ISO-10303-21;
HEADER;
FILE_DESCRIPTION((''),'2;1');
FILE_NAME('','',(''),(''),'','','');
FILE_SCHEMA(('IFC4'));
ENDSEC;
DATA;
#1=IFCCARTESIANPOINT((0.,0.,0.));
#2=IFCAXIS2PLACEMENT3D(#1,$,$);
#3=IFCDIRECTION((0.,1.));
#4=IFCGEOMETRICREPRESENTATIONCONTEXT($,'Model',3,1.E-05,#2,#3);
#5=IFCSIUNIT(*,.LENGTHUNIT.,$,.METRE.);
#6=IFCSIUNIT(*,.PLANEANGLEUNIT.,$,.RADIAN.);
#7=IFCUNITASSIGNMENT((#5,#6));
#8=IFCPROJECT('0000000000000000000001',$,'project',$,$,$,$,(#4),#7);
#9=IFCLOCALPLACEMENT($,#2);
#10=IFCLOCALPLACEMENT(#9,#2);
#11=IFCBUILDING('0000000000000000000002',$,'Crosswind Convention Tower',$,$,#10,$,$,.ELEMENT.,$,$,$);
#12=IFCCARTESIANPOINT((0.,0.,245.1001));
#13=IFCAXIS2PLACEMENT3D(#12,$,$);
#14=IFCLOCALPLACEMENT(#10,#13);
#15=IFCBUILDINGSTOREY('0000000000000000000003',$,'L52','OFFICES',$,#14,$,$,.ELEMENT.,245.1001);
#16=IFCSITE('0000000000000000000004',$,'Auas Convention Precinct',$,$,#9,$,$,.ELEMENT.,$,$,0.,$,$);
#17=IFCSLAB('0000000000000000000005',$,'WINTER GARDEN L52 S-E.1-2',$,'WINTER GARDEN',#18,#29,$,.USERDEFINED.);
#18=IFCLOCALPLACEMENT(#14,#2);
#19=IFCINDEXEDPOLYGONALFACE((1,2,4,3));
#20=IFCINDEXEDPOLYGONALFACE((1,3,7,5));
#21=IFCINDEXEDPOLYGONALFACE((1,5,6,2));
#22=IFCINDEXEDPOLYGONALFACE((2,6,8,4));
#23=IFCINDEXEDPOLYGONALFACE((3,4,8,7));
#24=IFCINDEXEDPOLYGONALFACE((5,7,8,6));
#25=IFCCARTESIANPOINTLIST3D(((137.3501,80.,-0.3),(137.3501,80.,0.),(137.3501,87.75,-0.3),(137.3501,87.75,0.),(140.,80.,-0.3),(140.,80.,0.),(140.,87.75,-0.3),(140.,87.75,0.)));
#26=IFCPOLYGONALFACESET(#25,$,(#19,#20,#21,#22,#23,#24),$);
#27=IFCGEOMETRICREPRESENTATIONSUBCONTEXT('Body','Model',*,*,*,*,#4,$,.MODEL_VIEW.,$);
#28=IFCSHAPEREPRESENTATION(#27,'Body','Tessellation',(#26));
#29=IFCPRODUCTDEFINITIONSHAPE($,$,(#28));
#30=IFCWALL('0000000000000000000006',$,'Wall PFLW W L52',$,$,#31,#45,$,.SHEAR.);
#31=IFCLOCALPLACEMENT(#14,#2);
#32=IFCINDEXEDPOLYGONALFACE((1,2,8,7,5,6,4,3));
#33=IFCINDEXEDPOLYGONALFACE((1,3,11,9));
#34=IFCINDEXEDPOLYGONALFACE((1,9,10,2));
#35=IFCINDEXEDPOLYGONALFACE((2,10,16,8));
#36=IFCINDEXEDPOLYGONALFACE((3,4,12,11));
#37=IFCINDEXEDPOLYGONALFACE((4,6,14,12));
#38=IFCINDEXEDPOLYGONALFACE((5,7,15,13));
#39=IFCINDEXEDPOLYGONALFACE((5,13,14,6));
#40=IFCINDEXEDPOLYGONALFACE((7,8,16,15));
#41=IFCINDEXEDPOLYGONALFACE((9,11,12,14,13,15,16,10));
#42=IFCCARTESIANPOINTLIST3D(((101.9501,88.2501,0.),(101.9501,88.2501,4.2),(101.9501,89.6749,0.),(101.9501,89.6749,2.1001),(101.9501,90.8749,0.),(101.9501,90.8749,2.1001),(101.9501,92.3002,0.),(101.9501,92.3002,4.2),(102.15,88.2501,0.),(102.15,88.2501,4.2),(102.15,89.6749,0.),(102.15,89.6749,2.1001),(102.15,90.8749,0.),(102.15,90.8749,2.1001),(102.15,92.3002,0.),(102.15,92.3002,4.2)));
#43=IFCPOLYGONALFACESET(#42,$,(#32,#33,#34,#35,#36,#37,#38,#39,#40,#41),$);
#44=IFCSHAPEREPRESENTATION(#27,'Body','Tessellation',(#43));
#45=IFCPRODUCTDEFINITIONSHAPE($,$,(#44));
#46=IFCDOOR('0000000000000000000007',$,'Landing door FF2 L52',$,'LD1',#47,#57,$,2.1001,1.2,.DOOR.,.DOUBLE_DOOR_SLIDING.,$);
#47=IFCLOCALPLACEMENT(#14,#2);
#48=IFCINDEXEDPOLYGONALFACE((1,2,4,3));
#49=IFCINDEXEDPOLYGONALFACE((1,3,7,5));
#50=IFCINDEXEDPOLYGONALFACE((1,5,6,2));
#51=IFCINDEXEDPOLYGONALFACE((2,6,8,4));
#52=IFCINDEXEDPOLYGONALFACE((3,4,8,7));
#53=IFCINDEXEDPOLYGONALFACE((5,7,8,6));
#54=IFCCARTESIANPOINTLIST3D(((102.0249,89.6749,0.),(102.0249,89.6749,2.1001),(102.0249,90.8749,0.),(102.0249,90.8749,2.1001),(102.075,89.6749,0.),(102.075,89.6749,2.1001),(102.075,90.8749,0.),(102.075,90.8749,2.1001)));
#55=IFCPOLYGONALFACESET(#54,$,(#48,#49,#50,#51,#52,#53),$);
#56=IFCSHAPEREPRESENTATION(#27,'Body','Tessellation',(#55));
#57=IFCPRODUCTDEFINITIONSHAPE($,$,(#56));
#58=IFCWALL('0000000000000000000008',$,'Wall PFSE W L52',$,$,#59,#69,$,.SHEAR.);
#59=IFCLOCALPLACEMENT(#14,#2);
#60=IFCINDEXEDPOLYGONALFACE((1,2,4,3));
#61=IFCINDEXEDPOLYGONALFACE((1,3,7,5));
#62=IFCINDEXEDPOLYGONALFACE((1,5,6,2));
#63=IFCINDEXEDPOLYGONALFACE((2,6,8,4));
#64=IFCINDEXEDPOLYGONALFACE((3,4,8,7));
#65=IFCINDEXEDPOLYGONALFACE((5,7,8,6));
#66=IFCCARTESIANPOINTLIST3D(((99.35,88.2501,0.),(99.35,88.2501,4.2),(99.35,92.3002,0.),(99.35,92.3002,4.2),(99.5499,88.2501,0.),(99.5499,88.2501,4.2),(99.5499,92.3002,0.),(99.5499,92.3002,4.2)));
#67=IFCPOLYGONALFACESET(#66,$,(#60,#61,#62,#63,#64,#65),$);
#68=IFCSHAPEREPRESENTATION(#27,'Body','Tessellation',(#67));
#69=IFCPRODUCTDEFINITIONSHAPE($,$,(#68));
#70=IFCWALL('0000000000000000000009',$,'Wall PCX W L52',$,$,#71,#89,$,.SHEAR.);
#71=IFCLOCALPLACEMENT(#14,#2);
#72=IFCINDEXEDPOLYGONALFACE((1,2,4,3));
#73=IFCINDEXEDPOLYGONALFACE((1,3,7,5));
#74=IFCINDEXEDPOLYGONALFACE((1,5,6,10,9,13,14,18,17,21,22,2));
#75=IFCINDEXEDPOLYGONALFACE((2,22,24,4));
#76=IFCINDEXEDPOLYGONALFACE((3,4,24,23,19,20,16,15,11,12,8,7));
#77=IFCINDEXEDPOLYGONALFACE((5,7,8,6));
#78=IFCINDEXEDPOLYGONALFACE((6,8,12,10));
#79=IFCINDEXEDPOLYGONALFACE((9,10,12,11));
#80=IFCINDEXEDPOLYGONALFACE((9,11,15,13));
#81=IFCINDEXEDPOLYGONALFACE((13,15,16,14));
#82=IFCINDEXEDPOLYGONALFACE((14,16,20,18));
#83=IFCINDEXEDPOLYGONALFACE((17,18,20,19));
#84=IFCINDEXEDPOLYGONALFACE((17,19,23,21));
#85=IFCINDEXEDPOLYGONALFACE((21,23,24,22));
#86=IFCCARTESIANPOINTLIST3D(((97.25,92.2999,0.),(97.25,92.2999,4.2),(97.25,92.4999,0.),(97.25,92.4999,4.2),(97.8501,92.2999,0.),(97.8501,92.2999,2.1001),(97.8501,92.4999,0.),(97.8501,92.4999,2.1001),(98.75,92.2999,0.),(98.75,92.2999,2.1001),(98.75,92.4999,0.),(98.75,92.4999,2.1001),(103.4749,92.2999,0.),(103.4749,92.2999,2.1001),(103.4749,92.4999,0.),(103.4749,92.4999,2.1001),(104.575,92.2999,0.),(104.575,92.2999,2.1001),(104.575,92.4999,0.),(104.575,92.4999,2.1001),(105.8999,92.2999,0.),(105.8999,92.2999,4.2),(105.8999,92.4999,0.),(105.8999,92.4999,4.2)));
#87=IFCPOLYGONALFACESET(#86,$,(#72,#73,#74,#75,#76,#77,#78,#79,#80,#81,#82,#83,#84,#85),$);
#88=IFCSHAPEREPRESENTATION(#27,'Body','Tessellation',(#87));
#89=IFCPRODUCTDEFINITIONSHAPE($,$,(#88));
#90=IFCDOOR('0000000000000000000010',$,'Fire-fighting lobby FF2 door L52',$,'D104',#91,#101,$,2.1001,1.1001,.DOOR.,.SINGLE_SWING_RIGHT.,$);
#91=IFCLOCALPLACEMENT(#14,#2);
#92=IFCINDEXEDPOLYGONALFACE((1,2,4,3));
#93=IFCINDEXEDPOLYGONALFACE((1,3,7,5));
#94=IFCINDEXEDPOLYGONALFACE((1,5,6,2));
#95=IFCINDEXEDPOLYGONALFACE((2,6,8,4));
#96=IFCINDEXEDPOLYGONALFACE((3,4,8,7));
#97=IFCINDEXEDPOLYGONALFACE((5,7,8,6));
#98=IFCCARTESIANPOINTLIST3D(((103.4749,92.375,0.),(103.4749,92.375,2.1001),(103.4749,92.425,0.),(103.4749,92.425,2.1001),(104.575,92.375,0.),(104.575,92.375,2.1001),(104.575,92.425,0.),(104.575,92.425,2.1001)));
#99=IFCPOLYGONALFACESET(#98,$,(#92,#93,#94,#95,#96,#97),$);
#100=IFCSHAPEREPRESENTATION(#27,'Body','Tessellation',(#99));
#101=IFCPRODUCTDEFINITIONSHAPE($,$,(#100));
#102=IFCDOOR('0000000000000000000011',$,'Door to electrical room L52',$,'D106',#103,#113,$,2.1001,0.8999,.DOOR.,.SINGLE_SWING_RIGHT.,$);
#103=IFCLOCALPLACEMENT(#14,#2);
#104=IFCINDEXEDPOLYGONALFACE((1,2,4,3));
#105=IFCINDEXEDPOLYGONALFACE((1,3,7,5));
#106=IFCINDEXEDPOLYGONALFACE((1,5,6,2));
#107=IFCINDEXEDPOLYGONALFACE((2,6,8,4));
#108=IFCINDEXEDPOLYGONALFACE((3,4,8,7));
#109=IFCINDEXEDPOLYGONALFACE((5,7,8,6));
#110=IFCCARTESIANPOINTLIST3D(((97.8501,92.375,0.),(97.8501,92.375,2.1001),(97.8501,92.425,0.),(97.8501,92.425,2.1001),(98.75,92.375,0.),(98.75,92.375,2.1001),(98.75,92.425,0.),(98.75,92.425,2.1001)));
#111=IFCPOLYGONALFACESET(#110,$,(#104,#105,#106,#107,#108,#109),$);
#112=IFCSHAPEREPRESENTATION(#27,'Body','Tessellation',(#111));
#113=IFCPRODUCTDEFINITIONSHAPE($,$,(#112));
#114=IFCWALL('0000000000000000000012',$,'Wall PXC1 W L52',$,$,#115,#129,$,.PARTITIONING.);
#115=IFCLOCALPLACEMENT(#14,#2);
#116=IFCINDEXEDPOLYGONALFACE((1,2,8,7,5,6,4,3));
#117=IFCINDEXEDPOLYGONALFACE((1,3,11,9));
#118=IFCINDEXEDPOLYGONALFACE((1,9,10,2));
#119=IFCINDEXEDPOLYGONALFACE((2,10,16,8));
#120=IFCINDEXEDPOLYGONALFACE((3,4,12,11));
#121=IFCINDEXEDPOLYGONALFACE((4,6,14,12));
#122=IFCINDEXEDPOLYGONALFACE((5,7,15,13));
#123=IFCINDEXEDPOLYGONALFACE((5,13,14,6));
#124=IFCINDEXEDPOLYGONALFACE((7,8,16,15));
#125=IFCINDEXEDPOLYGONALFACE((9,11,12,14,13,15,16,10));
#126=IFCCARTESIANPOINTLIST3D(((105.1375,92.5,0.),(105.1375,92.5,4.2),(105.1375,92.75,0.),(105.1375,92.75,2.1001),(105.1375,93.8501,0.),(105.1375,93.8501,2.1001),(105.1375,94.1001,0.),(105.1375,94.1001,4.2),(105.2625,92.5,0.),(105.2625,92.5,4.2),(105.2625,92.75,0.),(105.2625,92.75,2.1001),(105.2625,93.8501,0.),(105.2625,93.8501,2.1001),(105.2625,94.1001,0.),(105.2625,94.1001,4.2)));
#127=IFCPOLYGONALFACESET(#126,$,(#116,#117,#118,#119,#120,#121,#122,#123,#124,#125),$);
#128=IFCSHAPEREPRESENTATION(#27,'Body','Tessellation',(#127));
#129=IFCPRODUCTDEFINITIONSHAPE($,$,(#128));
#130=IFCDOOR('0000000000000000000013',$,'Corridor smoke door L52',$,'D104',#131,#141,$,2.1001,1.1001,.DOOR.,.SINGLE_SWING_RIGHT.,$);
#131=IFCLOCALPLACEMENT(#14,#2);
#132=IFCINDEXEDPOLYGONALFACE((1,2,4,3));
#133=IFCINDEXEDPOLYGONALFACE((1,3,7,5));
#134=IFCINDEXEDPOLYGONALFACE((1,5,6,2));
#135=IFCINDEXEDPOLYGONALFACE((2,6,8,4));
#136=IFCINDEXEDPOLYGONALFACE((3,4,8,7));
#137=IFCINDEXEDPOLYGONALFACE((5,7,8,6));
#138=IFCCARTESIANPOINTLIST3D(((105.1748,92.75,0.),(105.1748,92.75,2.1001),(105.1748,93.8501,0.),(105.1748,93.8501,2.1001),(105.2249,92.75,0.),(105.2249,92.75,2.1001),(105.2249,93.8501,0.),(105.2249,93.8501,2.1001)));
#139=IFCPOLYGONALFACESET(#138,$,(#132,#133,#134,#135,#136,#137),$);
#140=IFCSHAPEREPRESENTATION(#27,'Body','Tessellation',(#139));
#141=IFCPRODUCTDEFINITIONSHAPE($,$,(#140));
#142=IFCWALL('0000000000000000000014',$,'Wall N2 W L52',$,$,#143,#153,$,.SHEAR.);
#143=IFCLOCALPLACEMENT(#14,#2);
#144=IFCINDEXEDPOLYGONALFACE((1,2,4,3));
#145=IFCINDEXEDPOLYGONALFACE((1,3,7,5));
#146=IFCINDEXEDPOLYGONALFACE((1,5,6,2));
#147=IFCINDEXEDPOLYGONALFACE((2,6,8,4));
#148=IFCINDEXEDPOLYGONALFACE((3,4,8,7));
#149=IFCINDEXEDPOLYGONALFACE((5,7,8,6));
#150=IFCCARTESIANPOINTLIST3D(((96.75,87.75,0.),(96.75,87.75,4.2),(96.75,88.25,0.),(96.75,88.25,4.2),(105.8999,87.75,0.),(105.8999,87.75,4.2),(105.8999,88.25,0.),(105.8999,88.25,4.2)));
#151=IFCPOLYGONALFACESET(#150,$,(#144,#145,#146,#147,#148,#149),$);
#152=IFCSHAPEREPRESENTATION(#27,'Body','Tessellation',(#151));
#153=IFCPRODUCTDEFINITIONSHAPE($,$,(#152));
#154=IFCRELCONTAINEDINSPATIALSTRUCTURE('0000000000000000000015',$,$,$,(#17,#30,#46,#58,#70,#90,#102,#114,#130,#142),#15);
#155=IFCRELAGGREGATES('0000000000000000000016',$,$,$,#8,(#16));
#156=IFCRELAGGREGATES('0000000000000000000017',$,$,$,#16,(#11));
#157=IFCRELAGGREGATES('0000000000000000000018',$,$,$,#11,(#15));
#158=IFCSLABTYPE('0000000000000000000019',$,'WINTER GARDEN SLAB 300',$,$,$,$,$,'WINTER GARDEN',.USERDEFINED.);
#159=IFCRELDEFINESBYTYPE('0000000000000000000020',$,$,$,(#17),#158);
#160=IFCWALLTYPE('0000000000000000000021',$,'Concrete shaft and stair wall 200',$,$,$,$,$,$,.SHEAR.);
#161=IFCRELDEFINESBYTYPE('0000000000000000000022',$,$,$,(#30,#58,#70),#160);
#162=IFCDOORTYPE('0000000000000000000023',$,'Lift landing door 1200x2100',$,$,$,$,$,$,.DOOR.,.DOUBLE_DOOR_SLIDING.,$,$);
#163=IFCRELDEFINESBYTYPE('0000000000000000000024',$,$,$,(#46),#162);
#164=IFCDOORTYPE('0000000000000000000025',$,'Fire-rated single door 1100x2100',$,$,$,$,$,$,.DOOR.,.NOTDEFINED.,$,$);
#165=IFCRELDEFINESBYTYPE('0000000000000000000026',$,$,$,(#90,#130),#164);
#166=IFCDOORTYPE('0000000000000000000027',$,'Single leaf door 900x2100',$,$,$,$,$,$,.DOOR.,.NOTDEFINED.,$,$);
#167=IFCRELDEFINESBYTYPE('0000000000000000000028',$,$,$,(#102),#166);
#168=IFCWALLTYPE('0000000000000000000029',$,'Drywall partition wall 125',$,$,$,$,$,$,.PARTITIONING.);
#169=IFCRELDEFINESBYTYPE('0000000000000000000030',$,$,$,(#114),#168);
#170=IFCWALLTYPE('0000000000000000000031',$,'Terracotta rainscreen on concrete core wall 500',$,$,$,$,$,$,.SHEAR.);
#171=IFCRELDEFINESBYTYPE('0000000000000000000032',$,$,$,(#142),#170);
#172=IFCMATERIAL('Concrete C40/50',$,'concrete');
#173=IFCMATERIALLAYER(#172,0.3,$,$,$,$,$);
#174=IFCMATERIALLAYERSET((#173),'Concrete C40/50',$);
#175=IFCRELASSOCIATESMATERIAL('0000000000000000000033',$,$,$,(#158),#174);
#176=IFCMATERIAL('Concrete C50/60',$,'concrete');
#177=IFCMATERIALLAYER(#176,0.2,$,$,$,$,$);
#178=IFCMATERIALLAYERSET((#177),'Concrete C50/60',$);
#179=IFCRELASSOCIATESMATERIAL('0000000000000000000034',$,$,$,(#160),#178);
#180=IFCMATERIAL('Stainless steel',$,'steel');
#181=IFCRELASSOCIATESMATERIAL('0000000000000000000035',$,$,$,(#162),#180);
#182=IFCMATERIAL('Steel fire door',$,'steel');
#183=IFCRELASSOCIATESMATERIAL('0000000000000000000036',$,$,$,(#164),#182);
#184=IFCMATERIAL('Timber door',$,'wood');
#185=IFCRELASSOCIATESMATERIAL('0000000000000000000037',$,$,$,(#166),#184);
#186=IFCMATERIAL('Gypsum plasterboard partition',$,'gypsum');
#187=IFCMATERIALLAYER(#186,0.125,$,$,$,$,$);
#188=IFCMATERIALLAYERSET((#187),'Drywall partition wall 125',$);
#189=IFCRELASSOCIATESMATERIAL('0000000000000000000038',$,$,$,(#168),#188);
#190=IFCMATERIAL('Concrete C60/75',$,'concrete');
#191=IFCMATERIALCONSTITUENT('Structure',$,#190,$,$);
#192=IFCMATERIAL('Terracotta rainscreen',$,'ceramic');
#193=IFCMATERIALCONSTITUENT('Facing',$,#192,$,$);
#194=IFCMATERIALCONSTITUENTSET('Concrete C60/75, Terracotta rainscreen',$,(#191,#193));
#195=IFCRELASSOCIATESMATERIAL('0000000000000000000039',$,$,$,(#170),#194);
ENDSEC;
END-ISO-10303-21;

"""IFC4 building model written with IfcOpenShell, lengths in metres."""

from ifc_helpers import new_model, si_unit, direction, frame, frame_2d, origin, place, context, subcontext, project, spatial, polyline, rectangle, outline, extrude, material, layer, layer_set, constituent, constituent_set, type_object, element, fill, save


model = new_model("IFC4")

# Units and contexts
model_context = context("Model", 3, precision=1e-05, world=origin(), true_north=direction((0.0, 1.0)))
body_context = subcontext(model_context, "Body", "Model", "MODEL_VIEW")
ifc_project = project(units=[si_unit("LENGTHUNIT", "METRE"), si_unit("PLANEANGLEUNIT", "RADIAN")], contexts=[model_context])

# Site, building, storey
site_placement = place(None, origin())
site = spatial("IfcSite", under=ifc_project, at=site_placement, Name="Auas Convention Precinct", CompositionType="ELEMENT", RefElevation=0.0)
building_placement = place(site_placement, origin())
building = spatial("IfcBuilding", under=site, at=building_placement, Name="Crosswind Convention Tower", CompositionType="ELEMENT")
storey_placement = place(building_placement, frame((0.0, 0.0, 245.1001)))
storey = spatial("IfcBuildingStorey", under=building, at=storey_placement, Name="L52", Description="OFFICES", CompositionType="ELEMENT", Elevation=245.1001)

# Shared definitions
ifc_material_1 = material(Name="Concrete C40/50", Category="concrete")

# Slab
ifc_layer_1 = layer(ifc_material_1, 0.3)
ifc_layer_set_1 = layer_set([ifc_layer_1], Name="Concrete C40/50")
slab_type_1 = type_object("IfcSlabType", Name="WINTER GARDEN SLAB 300", ElementType="WINTER GARDEN", PredefinedType="USERDEFINED", material=ifc_layer_set_1)
slab_1_placement = place(storey_placement, frame((0.0, 0.0, -0.3)))
element("IfcSlab", 1, at=slab_1_placement, inside=storey, type_object=slab_type_1, Name="WINTER GARDEN L52 S-E.1-2", ObjectType="WINTER GARDEN", PredefinedType="USERDEFINED", context=body_context, shape_type="SweptSolid", body=[
    extrude(outline(polyline([(137.3501, 80.0), (137.3501, 87.75), (140.0, 87.75), (140.0, 80.0), (137.3501, 80.0)])), origin(), (0.0, 0.0, 1.0), 0.3),
])

# Wall, opening, door
ifc_material_2 = material(Name="Concrete C50/60", Category="concrete")
ifc_layer_2 = layer(ifc_material_2, 0.2)
ifc_layer_set_2 = layer_set([ifc_layer_2], Name="Concrete C50/60")
wall_type_1 = type_object("IfcWallType", Name="Concrete shaft and stair wall 200", PredefinedType="SHEAR", material=ifc_layer_set_2)
wall_1_placement = place(storey_placement, frame((102.05, 92.3, 0.0), z_axis=(0.0, 0.0, 1.0), x_axis=(0.0, -1.0, 0.0)))
wall_1 = element("IfcWall", 2, at=wall_1_placement, inside=storey, type_object=wall_type_1, Name="Wall PFLW W L52", PredefinedType="SHEAR", context=body_context, shape_type="SweptSolid", body=[
    extrude(rectangle(XDim=4.05, YDim=0.2, at=frame_2d((2.0249, 0.0))), origin(), (0.0, 0.0, 1.0), 4.2),
])
opening_1_placement = place(wall_1_placement, frame((1.425, 0.0, 0.0)))
opening_1 = element("IfcOpeningElement", 3, at=opening_1_placement, cuts=wall_1, PredefinedType="OPENING", context=body_context, shape_type="SweptSolid", body=[
    extrude(rectangle(XDim=1.2, YDim=2.1001, at=frame_2d((0.6001, 1.05))), frame((0.0, 0.1099, 0.0), z_axis=(0.0, -1.0, 0.0), x_axis=(1.0, 0.0, 0.0)), (0.0, 0.0, 1.0), 0.22),
])
ifc_material_3 = material(Name="Stainless steel", Category="steel")
door_type_1 = type_object("IfcDoorType", Name="Lift landing door 1200x2100", OperationType="DOUBLE_DOOR_SLIDING", PredefinedType="DOOR", material=ifc_material_3)
door_1_placement = place(opening_1_placement, origin())
door_1 = element("IfcDoor", 4, at=door_1_placement, inside=storey, type_object=door_type_1, Name="Landing door FF2 L52", ObjectType="LD1", OperationType="DOUBLE_DOOR_SLIDING", OverallHeight=2.1001, OverallWidth=1.2, PredefinedType="DOOR", context=body_context, shape_type="SweptSolid", body=[
    extrude(rectangle(XDim=1.2, YDim=2.1001, at=frame_2d((0.6001, 1.05))), frame((0.0, 0.0249, 0.0), z_axis=(0.0, -1.0, 0.0), x_axis=(1.0, 0.0, 0.0)), (0.0, 0.0, 1.0), 0.05),
])
fill(opening_1, door_1)

# Wall
wall_2_placement = place(storey_placement, frame((99.45, 92.3, 0.0), z_axis=(0.0, 0.0, 1.0), x_axis=(0.0, -1.0, 0.0)))
element("IfcWall", 5, at=wall_2_placement, inside=storey, type_object=wall_type_1, Name="Wall PFSE W L52", PredefinedType="SHEAR", context=body_context, shape_type="SweptSolid", body=[
    extrude(rectangle(XDim=4.05, YDim=0.2, at=frame_2d((2.0249, 0.0))), origin(), (0.0, 0.0, 1.0), 4.2),
])

# Wall, openings, doors
wall_3_placement = place(storey_placement, frame((105.8999, 92.3999, 0.0), z_axis=(0.0, 0.0, 1.0), x_axis=(-1.0, 0.0, 0.0)))
wall_3 = element("IfcWall", 6, at=wall_3_placement, inside=storey, type_object=wall_type_1, Name="Wall PCX W L52", PredefinedType="SHEAR", context=body_context, shape_type="SweptSolid", body=[
    extrude(rectangle(XDim=8.6499, YDim=0.2, at=frame_2d((4.325, 0.0))), origin(), (0.0, 0.0, 1.0), 4.2),
])
opening_2_placement = place(wall_3_placement, frame((1.325, 0.0, 0.0)))
opening_2 = element("IfcOpeningElement", 7, at=opening_2_placement, cuts=wall_3, PredefinedType="OPENING", context=body_context, shape_type="SweptSolid", body=[
    extrude(rectangle(XDim=1.1001, YDim=2.1001, at=frame_2d((0.55, 1.05))), frame((0.0, 0.1099, 0.0), z_axis=(0.0, -1.0, 0.0), x_axis=(1.0, 0.0, 0.0)), (0.0, 0.0, 1.0), 0.22),
])
opening_3_placement = place(wall_3_placement, frame((7.1499, 0.0, 0.0)))
opening_3 = element("IfcOpeningElement", 8, at=opening_3_placement, cuts=wall_3, PredefinedType="OPENING", context=body_context, shape_type="SweptSolid", body=[
    extrude(rectangle(XDim=0.8999, YDim=2.1001, at=frame_2d((0.45, 1.05))), frame((0.0, 0.1099, 0.0), z_axis=(0.0, -1.0, 0.0), x_axis=(1.0, 0.0, 0.0)), (0.0, 0.0, 1.0), 0.22),
])
ifc_material_4 = material(Name="Steel fire door", Category="steel")
door_type_2 = type_object("IfcDoorType", Name="Fire-rated single door 1100x2100", OperationType="NOTDEFINED", PredefinedType="DOOR", material=ifc_material_4)
door_2_placement = place(opening_2_placement, origin())
door_2 = element("IfcDoor", 9, at=door_2_placement, inside=storey, type_object=door_type_2, Name="Fire-fighting lobby FF2 door L52", ObjectType="D104", OperationType="SINGLE_SWING_RIGHT", OverallHeight=2.1001, OverallWidth=1.1001, PredefinedType="DOOR", context=body_context, shape_type="SweptSolid", body=[
    extrude(rectangle(XDim=1.1001, YDim=2.1001, at=frame_2d((0.55, 1.05))), frame((0.0, 0.0249, 0.0), z_axis=(0.0, -1.0, 0.0), x_axis=(1.0, 0.0, 0.0)), (0.0, 0.0, 1.0), 0.05),
])
fill(opening_2, door_2)
ifc_material_5 = material(Name="Timber door", Category="wood")
door_type_3 = type_object("IfcDoorType", Name="Single leaf door 900x2100", OperationType="NOTDEFINED", PredefinedType="DOOR", material=ifc_material_5)
door_3_placement = place(opening_3_placement, origin())
door_3 = element("IfcDoor", 10, at=door_3_placement, inside=storey, type_object=door_type_3, Name="Door to electrical room L52", ObjectType="D106", OperationType="SINGLE_SWING_RIGHT", OverallHeight=2.1001, OverallWidth=0.8999, PredefinedType="DOOR", context=body_context, shape_type="SweptSolid", body=[
    extrude(rectangle(XDim=0.8999, YDim=2.1001, at=frame_2d((0.45, 1.05))), frame((0.0, 0.0249, 0.0), z_axis=(0.0, -1.0, 0.0), x_axis=(1.0, 0.0, 0.0)), (0.0, 0.0, 1.0), 0.05),
])
fill(opening_3, door_3)

# Wall, opening, door
ifc_material_6 = material(Name="Gypsum plasterboard partition", Category="gypsum")
ifc_layer_3 = layer(ifc_material_6, 0.125)
ifc_layer_set_3 = layer_set([ifc_layer_3], Name="Drywall partition wall 125")
wall_type_2 = type_object("IfcWallType", Name="Drywall partition wall 125", PredefinedType="PARTITIONING", material=ifc_layer_set_3)
wall_4_placement = place(storey_placement, frame((105.2, 94.1001, 0.0), z_axis=(0.0, 0.0, 1.0), x_axis=(0.0, -1.0, 0.0)))
wall_4 = element("IfcWall", 11, at=wall_4_placement, inside=storey, type_object=wall_type_2, Name="Wall PXC1 W L52", PredefinedType="PARTITIONING", context=body_context, shape_type="SweptSolid", body=[
    extrude(rectangle(XDim=1.6001, YDim=0.125, at=frame_2d((0.8, 0.0))), origin(), (0.0, 0.0, 1.0), 4.2),
])
opening_4_placement = place(wall_4_placement, frame((0.25, 0.0, 0.0)))
opening_4 = element("IfcOpeningElement", 12, at=opening_4_placement, cuts=wall_4, PredefinedType="OPENING", context=body_context, shape_type="SweptSolid", body=[
    extrude(rectangle(XDim=1.1001, YDim=2.1001, at=frame_2d((0.55, 1.05))), frame((0.0, 0.0725, 0.0), z_axis=(0.0, -1.0, 0.0), x_axis=(1.0, 0.0, 0.0)), (0.0, 0.0, 1.0), 0.145),
])
door_4_placement = place(opening_4_placement, origin())
door_4 = element("IfcDoor", 13, at=door_4_placement, inside=storey, type_object=door_type_2, Name="Corridor smoke door L52", ObjectType="D104", OperationType="SINGLE_SWING_RIGHT", OverallHeight=2.1001, OverallWidth=1.1001, PredefinedType="DOOR", context=body_context, shape_type="SweptSolid", body=[
    extrude(rectangle(XDim=1.1001, YDim=2.1001, at=frame_2d((0.55, 1.05))), frame((0.0, 0.0249, 0.0), z_axis=(0.0, -1.0, 0.0), x_axis=(1.0, 0.0, 0.0)), (0.0, 0.0, 1.0), 0.05),
])
fill(opening_4, door_4)

# Wall
ifc_material_7 = material(Name="Concrete C60/75", Category="concrete")
ifc_constituent_1 = constituent(ifc_material_7, Name="Structure")
ifc_material_8 = material(Name="Terracotta rainscreen", Category="ceramic")
ifc_constituent_2 = constituent(ifc_material_8, Name="Facing")
ifc_constituent_set = constituent_set(constituents=[ifc_constituent_1, ifc_constituent_2], Name="Concrete C60/75, Terracotta rainscreen")
wall_type_3 = type_object("IfcWallType", Name="Terracotta rainscreen on concrete core wall 500", PredefinedType="SHEAR", material=ifc_constituent_set)
wall_5_placement = place(storey_placement, frame((105.8999, 88.0, 0.0), z_axis=(0.0, 0.0, 1.0), x_axis=(-1.0, 0.0, 0.0)))
element("IfcWall", 14, at=wall_5_placement, inside=storey, type_object=wall_type_3, Name="Wall N2 W L52", PredefinedType="SHEAR", context=body_context, shape_type="SweptSolid", body=[
    extrude(rectangle(XDim=9.1499, YDim=0.5, at=frame_2d((4.575, 0.0))), origin(), (0.0, 0.0, 1.0), 4.2),
])

save(model, "model.ifc")
